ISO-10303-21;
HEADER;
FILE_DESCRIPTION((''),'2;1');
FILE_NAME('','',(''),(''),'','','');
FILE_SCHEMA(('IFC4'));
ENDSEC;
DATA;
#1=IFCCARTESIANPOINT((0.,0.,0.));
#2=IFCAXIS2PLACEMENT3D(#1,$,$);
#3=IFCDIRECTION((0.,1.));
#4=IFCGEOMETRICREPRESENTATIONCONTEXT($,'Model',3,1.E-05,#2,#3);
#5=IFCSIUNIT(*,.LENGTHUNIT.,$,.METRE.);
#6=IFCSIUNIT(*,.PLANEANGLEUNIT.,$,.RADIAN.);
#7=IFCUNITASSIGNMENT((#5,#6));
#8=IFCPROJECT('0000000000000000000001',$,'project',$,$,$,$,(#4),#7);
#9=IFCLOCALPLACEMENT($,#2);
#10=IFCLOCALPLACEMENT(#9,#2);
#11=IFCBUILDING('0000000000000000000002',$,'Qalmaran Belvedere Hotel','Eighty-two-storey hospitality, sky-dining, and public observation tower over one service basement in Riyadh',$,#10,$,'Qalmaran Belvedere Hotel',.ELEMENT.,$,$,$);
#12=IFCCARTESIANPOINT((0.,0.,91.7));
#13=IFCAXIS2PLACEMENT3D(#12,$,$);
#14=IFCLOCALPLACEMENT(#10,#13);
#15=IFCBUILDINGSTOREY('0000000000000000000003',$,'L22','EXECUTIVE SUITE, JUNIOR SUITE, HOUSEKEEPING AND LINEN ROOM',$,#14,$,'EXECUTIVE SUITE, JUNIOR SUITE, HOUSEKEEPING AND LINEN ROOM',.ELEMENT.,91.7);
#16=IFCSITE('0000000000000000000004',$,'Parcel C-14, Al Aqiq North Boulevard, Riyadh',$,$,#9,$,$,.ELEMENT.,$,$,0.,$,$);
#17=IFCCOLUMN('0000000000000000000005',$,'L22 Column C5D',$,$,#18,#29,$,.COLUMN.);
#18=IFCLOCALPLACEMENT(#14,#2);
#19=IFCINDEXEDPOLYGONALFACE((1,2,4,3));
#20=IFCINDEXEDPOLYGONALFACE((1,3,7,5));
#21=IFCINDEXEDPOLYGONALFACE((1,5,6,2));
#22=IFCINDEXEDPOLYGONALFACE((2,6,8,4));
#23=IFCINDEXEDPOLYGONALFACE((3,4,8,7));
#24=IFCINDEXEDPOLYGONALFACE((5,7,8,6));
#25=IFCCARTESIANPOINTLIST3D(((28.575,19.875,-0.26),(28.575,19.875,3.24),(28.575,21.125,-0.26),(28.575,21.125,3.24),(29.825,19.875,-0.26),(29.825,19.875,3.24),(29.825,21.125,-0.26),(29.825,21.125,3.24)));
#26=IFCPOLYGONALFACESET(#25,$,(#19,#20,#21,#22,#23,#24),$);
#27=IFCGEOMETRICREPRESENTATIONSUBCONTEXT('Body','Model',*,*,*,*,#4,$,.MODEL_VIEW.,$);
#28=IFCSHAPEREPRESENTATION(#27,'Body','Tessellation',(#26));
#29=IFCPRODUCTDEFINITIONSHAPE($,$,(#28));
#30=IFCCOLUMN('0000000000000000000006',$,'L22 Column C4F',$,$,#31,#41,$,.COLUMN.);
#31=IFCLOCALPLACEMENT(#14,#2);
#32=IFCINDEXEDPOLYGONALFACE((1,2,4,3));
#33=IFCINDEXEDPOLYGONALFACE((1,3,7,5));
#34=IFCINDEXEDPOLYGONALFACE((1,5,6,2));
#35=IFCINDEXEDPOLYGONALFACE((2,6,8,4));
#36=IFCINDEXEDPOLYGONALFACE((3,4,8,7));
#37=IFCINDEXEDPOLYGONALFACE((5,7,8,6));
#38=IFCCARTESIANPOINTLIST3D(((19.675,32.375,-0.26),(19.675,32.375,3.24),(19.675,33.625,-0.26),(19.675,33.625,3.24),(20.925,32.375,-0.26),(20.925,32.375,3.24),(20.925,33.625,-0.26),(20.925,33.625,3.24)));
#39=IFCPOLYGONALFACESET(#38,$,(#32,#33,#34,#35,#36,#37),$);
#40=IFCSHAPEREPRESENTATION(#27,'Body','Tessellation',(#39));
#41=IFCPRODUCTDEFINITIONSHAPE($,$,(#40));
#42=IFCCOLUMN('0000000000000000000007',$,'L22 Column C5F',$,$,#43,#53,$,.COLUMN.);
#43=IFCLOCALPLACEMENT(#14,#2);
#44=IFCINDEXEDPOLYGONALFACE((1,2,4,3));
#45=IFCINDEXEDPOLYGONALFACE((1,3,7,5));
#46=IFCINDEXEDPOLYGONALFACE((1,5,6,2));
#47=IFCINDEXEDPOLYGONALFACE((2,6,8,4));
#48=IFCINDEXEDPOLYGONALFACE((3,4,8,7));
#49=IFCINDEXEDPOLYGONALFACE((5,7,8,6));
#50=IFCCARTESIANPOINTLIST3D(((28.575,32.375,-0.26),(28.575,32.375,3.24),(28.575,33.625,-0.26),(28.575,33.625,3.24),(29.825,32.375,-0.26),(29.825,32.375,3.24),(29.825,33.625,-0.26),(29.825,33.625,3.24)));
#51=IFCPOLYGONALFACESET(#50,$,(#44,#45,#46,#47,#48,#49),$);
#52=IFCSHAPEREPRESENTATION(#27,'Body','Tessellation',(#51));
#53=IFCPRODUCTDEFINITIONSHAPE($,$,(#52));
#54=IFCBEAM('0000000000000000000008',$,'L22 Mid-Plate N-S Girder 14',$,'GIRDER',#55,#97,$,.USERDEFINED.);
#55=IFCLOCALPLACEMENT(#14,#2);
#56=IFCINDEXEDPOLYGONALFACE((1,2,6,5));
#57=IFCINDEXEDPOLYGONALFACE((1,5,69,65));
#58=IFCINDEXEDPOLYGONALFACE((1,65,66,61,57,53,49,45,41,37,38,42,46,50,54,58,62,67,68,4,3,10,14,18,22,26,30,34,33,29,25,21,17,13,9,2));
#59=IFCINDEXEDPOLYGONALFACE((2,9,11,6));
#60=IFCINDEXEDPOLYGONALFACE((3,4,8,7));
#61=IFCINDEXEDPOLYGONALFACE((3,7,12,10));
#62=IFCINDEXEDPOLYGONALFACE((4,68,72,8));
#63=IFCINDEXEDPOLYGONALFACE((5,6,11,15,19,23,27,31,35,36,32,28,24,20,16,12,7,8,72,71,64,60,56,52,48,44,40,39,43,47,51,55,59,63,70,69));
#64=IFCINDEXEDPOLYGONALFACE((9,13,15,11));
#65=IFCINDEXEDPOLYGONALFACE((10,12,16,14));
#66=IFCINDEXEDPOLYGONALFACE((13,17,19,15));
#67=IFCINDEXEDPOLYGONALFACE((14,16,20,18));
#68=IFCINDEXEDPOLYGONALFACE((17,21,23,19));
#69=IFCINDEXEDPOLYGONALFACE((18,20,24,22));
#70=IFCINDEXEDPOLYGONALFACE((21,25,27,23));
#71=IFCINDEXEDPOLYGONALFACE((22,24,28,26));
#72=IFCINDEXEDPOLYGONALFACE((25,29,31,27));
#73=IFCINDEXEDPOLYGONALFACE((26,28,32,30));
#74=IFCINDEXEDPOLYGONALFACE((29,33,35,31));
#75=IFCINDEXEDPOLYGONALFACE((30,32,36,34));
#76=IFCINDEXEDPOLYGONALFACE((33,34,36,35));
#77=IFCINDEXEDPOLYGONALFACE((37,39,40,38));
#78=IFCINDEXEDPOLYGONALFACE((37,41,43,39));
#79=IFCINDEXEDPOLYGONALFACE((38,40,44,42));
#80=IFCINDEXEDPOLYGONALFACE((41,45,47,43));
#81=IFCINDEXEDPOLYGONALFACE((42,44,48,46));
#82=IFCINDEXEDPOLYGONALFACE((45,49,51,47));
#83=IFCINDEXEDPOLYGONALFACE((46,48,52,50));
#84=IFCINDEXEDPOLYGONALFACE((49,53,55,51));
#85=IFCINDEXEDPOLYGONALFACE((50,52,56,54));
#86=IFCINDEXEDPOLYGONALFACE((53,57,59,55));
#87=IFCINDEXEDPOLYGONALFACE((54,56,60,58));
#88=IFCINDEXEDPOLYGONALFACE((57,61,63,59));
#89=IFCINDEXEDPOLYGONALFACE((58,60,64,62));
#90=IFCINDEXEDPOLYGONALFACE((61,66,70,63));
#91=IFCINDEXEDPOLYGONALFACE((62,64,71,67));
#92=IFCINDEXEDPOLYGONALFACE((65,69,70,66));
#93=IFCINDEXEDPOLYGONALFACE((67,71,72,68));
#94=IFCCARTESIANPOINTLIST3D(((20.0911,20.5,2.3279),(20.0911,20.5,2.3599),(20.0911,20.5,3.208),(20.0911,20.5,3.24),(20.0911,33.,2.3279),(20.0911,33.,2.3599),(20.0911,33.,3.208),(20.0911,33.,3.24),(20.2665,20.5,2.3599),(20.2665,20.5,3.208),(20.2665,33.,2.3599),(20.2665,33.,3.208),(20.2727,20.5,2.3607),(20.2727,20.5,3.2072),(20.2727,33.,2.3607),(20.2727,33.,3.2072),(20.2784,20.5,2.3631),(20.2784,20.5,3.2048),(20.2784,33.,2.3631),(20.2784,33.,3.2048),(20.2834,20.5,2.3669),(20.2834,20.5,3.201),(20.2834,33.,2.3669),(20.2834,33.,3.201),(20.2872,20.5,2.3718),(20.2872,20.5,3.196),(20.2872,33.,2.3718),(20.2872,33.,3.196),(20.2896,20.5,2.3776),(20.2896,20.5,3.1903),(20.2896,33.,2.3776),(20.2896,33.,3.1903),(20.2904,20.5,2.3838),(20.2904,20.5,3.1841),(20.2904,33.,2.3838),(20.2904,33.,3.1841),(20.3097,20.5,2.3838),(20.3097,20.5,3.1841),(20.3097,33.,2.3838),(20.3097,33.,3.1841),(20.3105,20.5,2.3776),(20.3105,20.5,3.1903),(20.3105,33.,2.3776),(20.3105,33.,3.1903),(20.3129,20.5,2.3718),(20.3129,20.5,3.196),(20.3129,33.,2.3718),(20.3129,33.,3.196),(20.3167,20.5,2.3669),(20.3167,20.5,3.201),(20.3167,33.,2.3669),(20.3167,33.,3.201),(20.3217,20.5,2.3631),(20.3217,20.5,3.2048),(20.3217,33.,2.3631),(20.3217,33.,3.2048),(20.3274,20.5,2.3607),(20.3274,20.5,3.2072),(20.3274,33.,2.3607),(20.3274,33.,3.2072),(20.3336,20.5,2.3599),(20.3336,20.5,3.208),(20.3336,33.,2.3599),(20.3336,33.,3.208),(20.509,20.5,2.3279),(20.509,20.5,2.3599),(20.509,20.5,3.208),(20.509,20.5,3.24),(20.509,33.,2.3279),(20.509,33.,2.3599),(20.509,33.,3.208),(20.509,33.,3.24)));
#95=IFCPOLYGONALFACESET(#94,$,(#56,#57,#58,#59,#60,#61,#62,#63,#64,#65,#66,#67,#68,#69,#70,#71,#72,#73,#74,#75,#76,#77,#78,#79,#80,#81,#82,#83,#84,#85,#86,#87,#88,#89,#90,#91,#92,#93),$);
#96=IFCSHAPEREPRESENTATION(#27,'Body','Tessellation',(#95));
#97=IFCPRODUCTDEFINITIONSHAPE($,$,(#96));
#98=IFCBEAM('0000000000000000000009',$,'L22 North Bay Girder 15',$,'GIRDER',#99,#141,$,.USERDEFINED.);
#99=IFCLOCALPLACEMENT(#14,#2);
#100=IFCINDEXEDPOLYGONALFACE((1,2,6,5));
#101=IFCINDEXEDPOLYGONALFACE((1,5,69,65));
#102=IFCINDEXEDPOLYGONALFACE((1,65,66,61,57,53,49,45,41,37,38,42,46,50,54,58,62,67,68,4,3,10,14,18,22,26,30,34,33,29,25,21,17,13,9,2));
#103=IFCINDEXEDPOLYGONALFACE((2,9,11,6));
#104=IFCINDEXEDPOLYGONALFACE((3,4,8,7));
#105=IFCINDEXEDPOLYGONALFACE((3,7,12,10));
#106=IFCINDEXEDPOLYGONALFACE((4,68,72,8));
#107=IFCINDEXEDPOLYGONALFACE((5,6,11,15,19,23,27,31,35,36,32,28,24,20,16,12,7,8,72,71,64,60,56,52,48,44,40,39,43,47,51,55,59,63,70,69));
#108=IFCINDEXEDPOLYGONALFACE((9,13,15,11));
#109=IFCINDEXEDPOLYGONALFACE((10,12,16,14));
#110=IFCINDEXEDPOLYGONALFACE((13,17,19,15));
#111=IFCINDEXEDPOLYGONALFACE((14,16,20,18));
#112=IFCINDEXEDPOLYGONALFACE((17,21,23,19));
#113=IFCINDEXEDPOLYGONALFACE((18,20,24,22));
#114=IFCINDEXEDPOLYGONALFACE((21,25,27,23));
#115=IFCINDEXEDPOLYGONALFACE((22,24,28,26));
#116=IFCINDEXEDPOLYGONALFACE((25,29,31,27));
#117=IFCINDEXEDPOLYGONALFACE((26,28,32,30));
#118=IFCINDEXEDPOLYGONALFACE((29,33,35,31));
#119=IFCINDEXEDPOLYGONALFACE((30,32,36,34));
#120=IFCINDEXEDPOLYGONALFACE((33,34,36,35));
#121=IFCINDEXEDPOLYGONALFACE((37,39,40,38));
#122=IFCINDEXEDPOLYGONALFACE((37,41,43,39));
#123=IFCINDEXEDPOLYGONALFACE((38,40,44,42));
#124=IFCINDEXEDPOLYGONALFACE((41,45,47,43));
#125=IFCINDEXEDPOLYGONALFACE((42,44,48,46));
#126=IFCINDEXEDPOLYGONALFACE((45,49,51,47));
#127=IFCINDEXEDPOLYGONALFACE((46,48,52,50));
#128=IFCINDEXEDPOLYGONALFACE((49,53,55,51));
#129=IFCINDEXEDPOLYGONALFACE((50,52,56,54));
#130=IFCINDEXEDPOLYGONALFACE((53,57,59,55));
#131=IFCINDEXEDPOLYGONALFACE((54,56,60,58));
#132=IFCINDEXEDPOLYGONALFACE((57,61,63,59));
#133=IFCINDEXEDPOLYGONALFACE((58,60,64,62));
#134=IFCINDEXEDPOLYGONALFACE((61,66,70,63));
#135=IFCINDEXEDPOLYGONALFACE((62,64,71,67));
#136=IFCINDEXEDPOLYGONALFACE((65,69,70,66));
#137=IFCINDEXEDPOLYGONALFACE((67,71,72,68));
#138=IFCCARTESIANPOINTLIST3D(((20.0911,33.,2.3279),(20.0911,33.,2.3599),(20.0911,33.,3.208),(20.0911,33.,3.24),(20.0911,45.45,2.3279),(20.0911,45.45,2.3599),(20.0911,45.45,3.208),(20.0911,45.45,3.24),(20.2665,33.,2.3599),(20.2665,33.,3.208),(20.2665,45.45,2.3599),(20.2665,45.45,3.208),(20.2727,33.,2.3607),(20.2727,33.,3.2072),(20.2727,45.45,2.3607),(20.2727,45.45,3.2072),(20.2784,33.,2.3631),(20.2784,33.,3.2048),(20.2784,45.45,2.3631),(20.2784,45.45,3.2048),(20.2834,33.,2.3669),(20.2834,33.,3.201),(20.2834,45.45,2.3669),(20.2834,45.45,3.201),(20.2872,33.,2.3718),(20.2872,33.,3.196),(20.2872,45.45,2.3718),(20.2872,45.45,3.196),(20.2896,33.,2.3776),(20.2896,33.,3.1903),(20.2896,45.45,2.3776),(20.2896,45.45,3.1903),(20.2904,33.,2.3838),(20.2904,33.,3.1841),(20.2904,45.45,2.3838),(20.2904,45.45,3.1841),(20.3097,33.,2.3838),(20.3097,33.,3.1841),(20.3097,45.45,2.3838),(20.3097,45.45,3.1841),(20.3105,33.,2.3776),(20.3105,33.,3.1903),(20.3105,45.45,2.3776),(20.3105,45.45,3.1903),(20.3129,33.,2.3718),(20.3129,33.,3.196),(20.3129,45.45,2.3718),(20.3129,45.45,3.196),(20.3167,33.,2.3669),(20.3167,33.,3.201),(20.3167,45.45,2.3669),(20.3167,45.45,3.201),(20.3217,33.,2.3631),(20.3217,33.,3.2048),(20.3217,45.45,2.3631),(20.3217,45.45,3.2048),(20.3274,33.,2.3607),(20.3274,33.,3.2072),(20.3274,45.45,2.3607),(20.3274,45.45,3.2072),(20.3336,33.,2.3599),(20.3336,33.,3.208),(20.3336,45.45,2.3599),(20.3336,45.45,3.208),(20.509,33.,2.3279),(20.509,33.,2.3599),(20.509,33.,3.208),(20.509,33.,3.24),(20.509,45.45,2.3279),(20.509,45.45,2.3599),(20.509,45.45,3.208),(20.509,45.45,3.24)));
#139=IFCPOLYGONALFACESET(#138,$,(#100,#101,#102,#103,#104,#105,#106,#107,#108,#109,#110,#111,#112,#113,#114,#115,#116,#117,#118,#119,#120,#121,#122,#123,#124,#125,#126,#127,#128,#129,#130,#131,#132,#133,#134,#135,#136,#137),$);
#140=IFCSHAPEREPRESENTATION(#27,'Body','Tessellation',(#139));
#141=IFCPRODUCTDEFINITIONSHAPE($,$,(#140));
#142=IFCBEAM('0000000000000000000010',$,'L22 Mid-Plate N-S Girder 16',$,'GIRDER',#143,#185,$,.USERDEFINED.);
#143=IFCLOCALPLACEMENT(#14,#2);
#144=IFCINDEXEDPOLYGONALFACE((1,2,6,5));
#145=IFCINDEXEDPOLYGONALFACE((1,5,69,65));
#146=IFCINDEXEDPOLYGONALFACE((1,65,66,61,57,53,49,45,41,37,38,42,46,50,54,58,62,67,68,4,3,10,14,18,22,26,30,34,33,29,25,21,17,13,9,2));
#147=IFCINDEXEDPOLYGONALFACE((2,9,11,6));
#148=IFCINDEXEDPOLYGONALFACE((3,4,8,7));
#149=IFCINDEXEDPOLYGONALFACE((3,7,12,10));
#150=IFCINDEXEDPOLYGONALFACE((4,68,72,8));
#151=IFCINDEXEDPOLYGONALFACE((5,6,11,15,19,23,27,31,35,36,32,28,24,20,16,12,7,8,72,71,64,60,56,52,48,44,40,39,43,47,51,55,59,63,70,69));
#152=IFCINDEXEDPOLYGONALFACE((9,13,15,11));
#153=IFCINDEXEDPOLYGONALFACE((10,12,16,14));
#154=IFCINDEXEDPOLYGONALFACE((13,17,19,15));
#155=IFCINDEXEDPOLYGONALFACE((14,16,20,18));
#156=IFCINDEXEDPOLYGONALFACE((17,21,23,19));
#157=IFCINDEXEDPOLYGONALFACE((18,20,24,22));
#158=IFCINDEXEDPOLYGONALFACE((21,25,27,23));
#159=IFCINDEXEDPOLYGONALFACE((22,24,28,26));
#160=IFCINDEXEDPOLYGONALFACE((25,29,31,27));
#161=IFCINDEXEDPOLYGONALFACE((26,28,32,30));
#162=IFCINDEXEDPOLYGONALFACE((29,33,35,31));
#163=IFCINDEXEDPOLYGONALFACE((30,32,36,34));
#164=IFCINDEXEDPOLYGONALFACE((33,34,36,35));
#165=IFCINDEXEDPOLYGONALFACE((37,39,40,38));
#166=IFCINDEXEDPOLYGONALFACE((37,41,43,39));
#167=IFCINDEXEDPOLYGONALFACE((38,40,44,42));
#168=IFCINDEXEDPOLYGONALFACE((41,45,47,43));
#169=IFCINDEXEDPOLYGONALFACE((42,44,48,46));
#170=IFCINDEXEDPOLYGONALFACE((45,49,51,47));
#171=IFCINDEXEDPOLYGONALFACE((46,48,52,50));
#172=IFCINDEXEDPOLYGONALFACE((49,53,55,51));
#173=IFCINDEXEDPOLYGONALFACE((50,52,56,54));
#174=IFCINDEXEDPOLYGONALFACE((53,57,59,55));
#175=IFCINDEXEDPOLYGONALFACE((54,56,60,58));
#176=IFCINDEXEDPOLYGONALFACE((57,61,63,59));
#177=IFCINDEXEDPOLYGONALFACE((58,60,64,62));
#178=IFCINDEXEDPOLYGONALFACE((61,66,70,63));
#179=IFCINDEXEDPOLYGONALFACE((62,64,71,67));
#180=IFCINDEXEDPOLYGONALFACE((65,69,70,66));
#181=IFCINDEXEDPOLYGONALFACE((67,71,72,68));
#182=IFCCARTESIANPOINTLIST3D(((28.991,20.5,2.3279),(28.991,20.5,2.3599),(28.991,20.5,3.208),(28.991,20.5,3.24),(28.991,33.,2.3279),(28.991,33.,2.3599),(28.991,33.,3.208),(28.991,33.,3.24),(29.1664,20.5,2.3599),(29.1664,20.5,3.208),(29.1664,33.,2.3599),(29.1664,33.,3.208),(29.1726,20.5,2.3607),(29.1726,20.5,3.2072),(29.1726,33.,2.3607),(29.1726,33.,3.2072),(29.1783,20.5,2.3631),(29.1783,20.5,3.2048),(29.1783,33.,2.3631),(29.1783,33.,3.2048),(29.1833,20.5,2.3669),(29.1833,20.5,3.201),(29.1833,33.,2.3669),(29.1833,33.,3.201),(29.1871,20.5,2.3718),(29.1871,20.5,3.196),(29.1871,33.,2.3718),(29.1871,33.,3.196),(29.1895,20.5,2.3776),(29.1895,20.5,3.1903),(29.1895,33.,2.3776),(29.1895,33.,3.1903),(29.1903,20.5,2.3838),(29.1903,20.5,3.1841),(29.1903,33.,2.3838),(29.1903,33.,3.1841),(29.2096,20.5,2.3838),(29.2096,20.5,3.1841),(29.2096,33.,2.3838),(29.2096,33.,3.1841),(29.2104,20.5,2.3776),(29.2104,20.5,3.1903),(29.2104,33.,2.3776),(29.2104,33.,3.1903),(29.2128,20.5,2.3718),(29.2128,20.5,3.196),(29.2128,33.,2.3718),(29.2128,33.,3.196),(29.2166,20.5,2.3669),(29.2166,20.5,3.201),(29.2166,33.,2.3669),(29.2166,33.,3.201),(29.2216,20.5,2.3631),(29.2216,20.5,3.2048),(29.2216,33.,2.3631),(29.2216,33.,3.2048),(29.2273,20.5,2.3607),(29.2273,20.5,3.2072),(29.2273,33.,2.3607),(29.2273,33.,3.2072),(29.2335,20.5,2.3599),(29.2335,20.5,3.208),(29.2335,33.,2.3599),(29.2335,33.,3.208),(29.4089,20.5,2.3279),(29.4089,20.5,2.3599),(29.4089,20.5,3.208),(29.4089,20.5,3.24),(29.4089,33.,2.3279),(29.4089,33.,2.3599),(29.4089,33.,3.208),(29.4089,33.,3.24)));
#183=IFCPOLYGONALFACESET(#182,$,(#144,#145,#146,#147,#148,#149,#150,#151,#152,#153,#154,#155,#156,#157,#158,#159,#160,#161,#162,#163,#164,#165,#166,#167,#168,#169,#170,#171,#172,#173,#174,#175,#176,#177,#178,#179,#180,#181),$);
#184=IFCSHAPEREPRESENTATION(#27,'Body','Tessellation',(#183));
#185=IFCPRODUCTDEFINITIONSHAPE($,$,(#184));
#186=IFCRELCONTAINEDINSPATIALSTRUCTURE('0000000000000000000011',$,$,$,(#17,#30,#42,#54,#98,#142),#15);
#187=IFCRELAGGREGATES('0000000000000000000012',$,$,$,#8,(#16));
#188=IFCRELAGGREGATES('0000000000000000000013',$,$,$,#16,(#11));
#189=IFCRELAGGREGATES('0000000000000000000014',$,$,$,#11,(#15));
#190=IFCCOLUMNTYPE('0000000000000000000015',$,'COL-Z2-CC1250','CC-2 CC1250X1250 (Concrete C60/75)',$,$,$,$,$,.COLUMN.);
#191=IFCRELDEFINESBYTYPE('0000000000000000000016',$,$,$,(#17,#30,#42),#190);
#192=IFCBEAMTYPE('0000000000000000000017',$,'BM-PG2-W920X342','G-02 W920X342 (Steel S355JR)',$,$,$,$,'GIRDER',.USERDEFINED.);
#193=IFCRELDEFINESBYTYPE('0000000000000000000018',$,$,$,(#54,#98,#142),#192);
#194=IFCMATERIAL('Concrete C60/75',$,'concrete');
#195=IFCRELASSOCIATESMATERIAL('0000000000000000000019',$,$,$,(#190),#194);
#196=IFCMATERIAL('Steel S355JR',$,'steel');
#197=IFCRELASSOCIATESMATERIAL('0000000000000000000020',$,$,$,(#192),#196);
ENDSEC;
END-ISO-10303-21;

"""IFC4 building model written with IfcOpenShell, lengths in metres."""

from ifc_helpers import new_model, si_unit, direction, frame, origin, origin_2d, place, context, subcontext, project, spatial, rectangle, i_section, extrude, material, material_profile, profile_set, type_object, element, save


model = new_model("IFC4")

# Units and contexts
model_context = context("Model", 3, precision=1e-05, world=origin(), true_north=direction((0.0, 1.0)))
body_context = subcontext(model_context, "Body", "Model", "MODEL_VIEW")
ifc_project = project(units=[si_unit("LENGTHUNIT", "METRE"), si_unit("PLANEANGLEUNIT", "RADIAN")], contexts=[model_context])

# Site, building, storey
site_placement = place(None, origin())
site = spatial("IfcSite", under=ifc_project, at=site_placement, Name="Parcel C-14, Al Aqiq North Boulevard, Riyadh", CompositionType="ELEMENT", RefElevation=0.0)
building_placement = place(site_placement, origin())
building = spatial("IfcBuilding", under=site, at=building_placement, Name="Qalmaran Belvedere Hotel", Description="Eighty-two-storey hospitality, sky-dining, and public observation tower over one service basement in Riyadh", LongName="Qalmaran Belvedere Hotel", CompositionType="ELEMENT")
storey_placement = place(building_placement, frame((0.0, 0.0, 91.7)))
storey = spatial("IfcBuildingStorey", under=building, at=storey_placement, Name="L22", Description="EXECUTIVE SUITE, JUNIOR SUITE, HOUSEKEEPING AND LINEN ROOM", LongName="EXECUTIVE SUITE, JUNIOR SUITE, HOUSEKEEPING AND LINEN ROOM", CompositionType="ELEMENT", Elevation=91.7)

# Columns
ifc_material_1 = material(Name="Concrete C60/75", Category="concrete")
ifc_material_profile_1 = material_profile(ifc_material_1, rectangle(XDim=1.25, YDim=1.25, at=origin_2d()), Name="CC1250X1250")
ifc_profile_set_1 = profile_set([ifc_material_profile_1], Name="Concrete C60/75")
column_type = type_object("IfcColumnType", Name="COL-Z2-CC1250", Description="CC-2 CC1250X1250 (Concrete C60/75)", PredefinedType="COLUMN", material=ifc_profile_set_1)
for number, where, z_axis, x_axis, name in (
    (1, (29.2, 20.5, -0.26), (0.0, 0.0, 1.0), (1.0, 0.0, 0.0), "L22 Column C5D"),
    (2, (20.3, 33.0, -0.26), (0.0, 0.0, 1.0), (1.0, 0.0, 0.0), "L22 Column C4F"),
    (3, (29.2, 33.0, -0.26), (0.0, 0.0, 1.0), (1.0, 0.0, 0.0), "L22 Column C5F"),
):
    element("IfcColumn", number, at=place(storey_placement, frame(where, z_axis=z_axis, x_axis=x_axis)), inside=storey, type_object=column_type, Name=name, PredefinedType="COLUMN", context=body_context, shape_type="SweptSolid", body=[
        extrude(rectangle(XDim=1.25, YDim=1.25, at=origin_2d()), origin(), (0.0, 0.0, 1.0), 3.5),
    ])

# Beams
ifc_material_2 = material(Name="Steel S355JR", Category="steel")
ifc_material_profile_2 = material_profile(ifc_material_2, i_section(OverallWidth=0.418, OverallDepth=0.9121, WebThickness=0.0193, FlangeThickness=0.032, FilletRadius=0.0239, at=origin_2d()), Name="W920X342")
ifc_profile_set_2 = profile_set([ifc_material_profile_2], Name="Steel S355JR")
beam_type_1 = type_object("IfcBeamType", Name="BM-PG2-W920X342", Description="G-02 W920X342 (Steel S355JR)", ElementType="GIRDER", PredefinedType="USERDEFINED", material=ifc_profile_set_2)
beam_1_placement = place(storey_placement, frame((20.3, 20.5, 2.7839), z_axis=(0.0, 1.0, 0.0), x_axis=(-1.0, 0.0, 0.0)))
element("IfcBeam", 4, at=beam_1_placement, inside=storey, type_object=beam_type_1, Name="L22 Mid-Plate N-S Girder 14", ObjectType="GIRDER", PredefinedType="USERDEFINED", context=body_context, shape_type="SweptSolid", body=[
    extrude(i_section(OverallWidth=0.418, OverallDepth=0.9121, WebThickness=0.0193, FlangeThickness=0.032, FilletRadius=0.0239, at=origin_2d()), origin(), (0.0, 0.0, 1.0), 12.5),
])
beam_2_placement = place(storey_placement, frame((20.3, 33.0, 2.7839), z_axis=(0.0, 1.0, 0.0), x_axis=(-1.0, 0.0, 0.0)))
element("IfcBeam", 5, at=beam_2_placement, inside=storey, type_object=beam_type_1, Name="L22 North Bay Girder 15", ObjectType="GIRDER", PredefinedType="USERDEFINED", context=body_context, shape_type="SweptSolid", body=[
    extrude(i_section(OverallWidth=0.418, OverallDepth=0.9121, WebThickness=0.0193, FlangeThickness=0.032, FilletRadius=0.0239, at=origin_2d()), origin(), (0.0, 0.0, 1.0), 12.45),
])
beam_3_placement = place(storey_placement, frame((29.2, 20.5, 2.7839), z_axis=(0.0, 1.0, 0.0), x_axis=(-1.0, 0.0, 0.0)))
element("IfcBeam", 6, at=beam_3_placement, inside=storey, type_object=beam_type_1, Name="L22 Mid-Plate N-S Girder 16", ObjectType="GIRDER", PredefinedType="USERDEFINED", context=body_context, shape_type="SweptSolid", body=[
    extrude(i_section(OverallWidth=0.418, OverallDepth=0.9121, WebThickness=0.0193, FlangeThickness=0.032, FilletRadius=0.0239, at=origin_2d()), origin(), (0.0, 0.0, 1.0), 12.5),
])

save(model, "model.ifc")
